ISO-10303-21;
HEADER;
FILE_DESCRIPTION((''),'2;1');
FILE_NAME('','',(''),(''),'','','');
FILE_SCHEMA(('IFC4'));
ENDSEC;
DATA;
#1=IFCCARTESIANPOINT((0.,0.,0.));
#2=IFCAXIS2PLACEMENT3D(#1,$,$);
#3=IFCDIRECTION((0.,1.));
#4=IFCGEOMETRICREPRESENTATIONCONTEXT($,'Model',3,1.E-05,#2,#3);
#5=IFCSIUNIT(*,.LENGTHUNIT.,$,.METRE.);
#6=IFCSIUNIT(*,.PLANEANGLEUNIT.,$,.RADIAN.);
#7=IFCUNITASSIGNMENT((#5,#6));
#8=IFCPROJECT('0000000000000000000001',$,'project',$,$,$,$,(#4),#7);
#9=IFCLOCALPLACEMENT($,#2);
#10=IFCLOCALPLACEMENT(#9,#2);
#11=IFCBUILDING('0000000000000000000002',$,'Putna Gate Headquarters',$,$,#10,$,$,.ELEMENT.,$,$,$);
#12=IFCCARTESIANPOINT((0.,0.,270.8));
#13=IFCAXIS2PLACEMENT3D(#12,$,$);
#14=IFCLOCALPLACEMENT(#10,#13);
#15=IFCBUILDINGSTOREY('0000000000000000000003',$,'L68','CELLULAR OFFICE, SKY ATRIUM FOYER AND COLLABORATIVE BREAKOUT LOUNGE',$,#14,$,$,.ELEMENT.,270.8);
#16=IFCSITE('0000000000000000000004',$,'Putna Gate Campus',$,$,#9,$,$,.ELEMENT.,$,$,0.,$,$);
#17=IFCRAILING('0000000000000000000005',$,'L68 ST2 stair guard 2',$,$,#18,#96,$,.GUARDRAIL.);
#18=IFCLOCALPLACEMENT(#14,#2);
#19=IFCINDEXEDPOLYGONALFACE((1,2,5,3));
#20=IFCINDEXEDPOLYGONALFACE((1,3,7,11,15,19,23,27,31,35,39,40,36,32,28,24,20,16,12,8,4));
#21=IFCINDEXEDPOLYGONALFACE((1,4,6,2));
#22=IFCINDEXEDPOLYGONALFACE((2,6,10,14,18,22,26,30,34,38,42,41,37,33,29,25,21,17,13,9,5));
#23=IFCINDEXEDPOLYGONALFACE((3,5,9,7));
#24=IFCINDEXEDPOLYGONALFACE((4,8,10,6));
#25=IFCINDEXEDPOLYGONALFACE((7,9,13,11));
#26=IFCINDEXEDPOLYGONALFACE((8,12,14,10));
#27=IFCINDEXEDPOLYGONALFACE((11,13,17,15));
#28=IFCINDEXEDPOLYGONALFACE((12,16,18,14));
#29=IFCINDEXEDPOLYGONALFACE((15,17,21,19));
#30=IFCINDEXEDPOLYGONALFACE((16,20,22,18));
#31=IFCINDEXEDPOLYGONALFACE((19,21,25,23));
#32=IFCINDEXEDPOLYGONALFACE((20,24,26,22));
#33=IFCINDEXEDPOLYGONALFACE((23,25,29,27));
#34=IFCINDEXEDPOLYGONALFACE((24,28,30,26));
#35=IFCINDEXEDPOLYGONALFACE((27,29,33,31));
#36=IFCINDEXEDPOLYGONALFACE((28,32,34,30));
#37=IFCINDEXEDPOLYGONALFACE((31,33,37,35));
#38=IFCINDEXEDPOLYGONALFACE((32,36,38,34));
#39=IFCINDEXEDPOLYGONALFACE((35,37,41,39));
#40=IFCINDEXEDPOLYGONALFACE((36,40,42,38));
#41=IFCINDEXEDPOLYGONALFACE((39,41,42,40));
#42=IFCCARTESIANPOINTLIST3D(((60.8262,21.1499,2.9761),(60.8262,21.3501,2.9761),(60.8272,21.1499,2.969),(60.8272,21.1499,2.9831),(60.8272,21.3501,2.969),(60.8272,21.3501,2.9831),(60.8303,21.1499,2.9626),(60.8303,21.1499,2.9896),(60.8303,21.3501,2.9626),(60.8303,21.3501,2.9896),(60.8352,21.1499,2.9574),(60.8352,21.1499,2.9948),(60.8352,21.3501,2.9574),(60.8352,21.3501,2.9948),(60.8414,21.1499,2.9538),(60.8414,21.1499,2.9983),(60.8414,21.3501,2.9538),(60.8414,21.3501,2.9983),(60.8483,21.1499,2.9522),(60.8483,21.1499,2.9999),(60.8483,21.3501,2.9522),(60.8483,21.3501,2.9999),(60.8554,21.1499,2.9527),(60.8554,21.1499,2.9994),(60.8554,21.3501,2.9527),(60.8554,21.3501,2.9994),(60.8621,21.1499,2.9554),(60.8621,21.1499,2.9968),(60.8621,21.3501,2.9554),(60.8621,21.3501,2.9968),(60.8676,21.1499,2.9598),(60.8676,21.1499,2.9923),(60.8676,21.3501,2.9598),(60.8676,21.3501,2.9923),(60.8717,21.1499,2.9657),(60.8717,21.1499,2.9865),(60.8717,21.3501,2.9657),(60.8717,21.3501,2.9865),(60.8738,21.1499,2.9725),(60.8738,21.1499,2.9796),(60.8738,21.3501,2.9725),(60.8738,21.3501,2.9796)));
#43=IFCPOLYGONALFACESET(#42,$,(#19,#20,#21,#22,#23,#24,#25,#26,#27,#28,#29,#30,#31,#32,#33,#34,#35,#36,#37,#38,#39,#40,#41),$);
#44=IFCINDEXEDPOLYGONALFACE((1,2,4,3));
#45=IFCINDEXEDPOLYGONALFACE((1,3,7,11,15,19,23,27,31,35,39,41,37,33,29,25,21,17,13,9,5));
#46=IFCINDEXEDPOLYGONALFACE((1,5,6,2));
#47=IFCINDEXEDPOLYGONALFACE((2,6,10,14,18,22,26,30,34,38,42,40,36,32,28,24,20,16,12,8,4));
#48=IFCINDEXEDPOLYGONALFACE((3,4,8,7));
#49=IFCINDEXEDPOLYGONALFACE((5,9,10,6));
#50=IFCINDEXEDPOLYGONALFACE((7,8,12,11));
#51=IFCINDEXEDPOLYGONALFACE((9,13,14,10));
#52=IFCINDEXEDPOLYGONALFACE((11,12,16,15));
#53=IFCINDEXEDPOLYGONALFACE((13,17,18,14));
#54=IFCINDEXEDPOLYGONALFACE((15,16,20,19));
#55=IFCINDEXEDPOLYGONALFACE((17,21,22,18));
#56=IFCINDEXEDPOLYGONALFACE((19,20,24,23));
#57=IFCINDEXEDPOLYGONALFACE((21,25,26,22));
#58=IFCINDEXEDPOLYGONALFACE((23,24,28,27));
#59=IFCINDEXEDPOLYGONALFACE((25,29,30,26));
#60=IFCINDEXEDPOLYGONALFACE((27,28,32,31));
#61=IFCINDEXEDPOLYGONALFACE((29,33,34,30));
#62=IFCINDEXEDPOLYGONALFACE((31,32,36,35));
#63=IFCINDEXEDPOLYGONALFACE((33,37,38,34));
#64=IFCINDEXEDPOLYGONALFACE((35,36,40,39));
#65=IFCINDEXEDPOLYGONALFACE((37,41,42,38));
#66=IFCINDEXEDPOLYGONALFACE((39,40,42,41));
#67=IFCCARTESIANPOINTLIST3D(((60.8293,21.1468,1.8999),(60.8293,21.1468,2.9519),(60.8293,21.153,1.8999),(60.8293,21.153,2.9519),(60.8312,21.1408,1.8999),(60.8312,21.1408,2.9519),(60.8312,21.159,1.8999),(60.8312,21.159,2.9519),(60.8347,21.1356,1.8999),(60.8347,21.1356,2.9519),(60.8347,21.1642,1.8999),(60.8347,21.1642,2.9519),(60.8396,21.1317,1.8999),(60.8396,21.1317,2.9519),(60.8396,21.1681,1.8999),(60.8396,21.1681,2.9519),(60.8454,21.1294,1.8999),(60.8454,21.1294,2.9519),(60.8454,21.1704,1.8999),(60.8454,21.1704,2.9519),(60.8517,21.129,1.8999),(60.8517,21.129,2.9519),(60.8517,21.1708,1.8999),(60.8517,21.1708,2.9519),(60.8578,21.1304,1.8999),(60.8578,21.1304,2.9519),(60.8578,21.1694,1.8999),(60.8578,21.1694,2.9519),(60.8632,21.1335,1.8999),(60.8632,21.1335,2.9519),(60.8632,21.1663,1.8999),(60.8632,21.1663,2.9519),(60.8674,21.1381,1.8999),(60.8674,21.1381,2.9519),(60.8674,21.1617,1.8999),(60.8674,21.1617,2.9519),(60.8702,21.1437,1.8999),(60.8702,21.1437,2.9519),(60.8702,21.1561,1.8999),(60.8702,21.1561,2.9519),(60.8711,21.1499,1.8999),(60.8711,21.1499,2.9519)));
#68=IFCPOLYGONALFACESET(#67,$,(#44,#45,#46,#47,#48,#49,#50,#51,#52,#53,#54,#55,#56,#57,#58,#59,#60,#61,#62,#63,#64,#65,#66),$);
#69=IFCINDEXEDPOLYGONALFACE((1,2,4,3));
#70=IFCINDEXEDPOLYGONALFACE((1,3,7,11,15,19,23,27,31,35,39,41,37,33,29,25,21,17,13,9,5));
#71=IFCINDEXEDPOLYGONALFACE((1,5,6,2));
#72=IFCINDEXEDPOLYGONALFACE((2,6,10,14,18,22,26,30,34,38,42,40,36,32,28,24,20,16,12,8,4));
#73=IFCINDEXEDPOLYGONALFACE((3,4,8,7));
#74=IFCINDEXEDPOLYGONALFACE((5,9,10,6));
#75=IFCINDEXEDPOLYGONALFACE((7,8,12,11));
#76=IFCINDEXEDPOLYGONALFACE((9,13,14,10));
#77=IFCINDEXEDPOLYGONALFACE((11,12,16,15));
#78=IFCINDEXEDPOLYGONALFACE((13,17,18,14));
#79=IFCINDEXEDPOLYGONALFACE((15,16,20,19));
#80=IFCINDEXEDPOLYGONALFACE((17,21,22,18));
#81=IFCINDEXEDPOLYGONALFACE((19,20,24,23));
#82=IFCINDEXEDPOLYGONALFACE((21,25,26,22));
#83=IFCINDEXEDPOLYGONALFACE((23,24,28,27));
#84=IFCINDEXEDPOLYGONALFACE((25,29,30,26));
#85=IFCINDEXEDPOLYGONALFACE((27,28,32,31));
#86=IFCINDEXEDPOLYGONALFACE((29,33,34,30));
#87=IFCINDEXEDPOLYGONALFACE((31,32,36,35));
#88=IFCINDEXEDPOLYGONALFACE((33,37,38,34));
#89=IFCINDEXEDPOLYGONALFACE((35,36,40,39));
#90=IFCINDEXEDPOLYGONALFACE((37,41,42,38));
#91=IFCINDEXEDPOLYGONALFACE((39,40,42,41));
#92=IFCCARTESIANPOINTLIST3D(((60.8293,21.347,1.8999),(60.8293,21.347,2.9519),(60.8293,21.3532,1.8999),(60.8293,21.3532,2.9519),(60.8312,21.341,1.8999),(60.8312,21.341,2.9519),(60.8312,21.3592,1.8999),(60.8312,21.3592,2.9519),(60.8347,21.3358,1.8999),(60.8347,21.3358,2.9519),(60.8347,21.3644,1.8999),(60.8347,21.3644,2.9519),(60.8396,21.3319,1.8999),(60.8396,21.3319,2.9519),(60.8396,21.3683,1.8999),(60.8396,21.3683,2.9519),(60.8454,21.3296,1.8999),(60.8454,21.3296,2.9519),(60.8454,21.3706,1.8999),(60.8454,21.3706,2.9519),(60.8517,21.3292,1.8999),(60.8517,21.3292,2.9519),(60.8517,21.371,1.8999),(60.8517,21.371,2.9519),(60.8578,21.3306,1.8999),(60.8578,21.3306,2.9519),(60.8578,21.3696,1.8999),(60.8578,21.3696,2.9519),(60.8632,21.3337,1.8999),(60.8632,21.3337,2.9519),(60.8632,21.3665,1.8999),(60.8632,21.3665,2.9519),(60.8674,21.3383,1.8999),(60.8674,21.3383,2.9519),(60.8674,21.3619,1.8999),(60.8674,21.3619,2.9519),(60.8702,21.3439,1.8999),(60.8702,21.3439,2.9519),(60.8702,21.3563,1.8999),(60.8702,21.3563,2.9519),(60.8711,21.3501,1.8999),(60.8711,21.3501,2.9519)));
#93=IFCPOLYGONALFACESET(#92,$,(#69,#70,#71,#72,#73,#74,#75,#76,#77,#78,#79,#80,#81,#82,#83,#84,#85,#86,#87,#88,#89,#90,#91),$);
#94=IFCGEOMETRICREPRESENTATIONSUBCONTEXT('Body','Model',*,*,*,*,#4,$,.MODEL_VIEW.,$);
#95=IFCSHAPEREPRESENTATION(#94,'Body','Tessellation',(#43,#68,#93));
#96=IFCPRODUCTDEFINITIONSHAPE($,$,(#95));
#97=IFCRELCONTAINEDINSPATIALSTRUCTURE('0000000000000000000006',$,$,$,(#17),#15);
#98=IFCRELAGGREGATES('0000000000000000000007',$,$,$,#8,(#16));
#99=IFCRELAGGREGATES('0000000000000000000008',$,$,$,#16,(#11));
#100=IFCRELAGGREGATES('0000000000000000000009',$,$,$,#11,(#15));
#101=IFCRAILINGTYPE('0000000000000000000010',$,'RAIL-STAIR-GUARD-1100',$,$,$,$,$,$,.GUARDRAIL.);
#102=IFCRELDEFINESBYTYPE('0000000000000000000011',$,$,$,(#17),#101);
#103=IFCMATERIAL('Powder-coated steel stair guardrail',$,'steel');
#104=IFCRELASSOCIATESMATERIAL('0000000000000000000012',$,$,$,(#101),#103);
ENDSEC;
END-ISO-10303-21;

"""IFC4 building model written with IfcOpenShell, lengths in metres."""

from ifc_helpers import new_model, si_unit, direction, frame, origin, origin_2d, place, context, subcontext, project, spatial, circle, extrude, material, type_object, element, save


model = new_model("IFC4")

# Units and contexts
model_context = context("Model", 3, precision=1e-05, world=origin(), true_north=direction((0.0, 1.0)))
body_context = subcontext(model_context, "Body", "Model", "MODEL_VIEW")
ifc_project = project(units=[si_unit("LENGTHUNIT", "METRE"), si_unit("PLANEANGLEUNIT", "RADIAN")], contexts=[model_context])

# Site, building, storey
site_placement = place(None, origin())
site = spatial("IfcSite", under=ifc_project, at=site_placement, Name="Putna Gate Campus", CompositionType="ELEMENT", RefElevation=0.0)
building_placement = place(site_placement, origin())
building = spatial("IfcBuilding", under=site, at=building_placement, Name="Putna Gate Headquarters", CompositionType="ELEMENT")
storey_placement = place(building_placement, frame((0.0, 0.0, 270.8)))
storey = spatial("IfcBuildingStorey", under=building, at=storey_placement, Name="L68", Description="CELLULAR OFFICE, SKY ATRIUM FOYER AND COLLABORATIVE BREAKOUT LOUNGE", CompositionType="ELEMENT", Elevation=270.8)

# Railing
ifc_material_1 = material(Name="Powder-coated steel stair guardrail", Category="steel")
railing_type_1 = type_object("IfcRailingType", Name="RAIL-STAIR-GUARD-1100", PredefinedType="GUARDRAIL", material=ifc_material_1)
railing_1_placement = place(storey_placement, frame((60.8501, 21.1499, 1.8999)))
element("IfcRailing", 1, at=railing_1_placement, inside=storey, type_object=railing_type_1, Name="L68 ST2 stair guard 2", PredefinedType="GUARDRAIL", context=body_context, shape_type="SweptSolid", body=[
    extrude(circle(Radius=0.0239, at=origin_2d()), frame((0.0, 0.0, 1.0762), z_axis=(0.0, 1.0, 0.0), x_axis=(-1.0, 0.0, 0.0)), (0.0, 0.0, 1.0), 0.2002),
    extrude(circle(Radius=0.021, at=origin_2d()), origin(), (0.0, 0.0, 1.0), 1.052),
    extrude(circle(Radius=0.021, at=origin_2d()), frame((0.0, 0.2002, 0.0)), (0.0, 0.0, 1.0), 1.052),
])

save(model, "model.ifc")
